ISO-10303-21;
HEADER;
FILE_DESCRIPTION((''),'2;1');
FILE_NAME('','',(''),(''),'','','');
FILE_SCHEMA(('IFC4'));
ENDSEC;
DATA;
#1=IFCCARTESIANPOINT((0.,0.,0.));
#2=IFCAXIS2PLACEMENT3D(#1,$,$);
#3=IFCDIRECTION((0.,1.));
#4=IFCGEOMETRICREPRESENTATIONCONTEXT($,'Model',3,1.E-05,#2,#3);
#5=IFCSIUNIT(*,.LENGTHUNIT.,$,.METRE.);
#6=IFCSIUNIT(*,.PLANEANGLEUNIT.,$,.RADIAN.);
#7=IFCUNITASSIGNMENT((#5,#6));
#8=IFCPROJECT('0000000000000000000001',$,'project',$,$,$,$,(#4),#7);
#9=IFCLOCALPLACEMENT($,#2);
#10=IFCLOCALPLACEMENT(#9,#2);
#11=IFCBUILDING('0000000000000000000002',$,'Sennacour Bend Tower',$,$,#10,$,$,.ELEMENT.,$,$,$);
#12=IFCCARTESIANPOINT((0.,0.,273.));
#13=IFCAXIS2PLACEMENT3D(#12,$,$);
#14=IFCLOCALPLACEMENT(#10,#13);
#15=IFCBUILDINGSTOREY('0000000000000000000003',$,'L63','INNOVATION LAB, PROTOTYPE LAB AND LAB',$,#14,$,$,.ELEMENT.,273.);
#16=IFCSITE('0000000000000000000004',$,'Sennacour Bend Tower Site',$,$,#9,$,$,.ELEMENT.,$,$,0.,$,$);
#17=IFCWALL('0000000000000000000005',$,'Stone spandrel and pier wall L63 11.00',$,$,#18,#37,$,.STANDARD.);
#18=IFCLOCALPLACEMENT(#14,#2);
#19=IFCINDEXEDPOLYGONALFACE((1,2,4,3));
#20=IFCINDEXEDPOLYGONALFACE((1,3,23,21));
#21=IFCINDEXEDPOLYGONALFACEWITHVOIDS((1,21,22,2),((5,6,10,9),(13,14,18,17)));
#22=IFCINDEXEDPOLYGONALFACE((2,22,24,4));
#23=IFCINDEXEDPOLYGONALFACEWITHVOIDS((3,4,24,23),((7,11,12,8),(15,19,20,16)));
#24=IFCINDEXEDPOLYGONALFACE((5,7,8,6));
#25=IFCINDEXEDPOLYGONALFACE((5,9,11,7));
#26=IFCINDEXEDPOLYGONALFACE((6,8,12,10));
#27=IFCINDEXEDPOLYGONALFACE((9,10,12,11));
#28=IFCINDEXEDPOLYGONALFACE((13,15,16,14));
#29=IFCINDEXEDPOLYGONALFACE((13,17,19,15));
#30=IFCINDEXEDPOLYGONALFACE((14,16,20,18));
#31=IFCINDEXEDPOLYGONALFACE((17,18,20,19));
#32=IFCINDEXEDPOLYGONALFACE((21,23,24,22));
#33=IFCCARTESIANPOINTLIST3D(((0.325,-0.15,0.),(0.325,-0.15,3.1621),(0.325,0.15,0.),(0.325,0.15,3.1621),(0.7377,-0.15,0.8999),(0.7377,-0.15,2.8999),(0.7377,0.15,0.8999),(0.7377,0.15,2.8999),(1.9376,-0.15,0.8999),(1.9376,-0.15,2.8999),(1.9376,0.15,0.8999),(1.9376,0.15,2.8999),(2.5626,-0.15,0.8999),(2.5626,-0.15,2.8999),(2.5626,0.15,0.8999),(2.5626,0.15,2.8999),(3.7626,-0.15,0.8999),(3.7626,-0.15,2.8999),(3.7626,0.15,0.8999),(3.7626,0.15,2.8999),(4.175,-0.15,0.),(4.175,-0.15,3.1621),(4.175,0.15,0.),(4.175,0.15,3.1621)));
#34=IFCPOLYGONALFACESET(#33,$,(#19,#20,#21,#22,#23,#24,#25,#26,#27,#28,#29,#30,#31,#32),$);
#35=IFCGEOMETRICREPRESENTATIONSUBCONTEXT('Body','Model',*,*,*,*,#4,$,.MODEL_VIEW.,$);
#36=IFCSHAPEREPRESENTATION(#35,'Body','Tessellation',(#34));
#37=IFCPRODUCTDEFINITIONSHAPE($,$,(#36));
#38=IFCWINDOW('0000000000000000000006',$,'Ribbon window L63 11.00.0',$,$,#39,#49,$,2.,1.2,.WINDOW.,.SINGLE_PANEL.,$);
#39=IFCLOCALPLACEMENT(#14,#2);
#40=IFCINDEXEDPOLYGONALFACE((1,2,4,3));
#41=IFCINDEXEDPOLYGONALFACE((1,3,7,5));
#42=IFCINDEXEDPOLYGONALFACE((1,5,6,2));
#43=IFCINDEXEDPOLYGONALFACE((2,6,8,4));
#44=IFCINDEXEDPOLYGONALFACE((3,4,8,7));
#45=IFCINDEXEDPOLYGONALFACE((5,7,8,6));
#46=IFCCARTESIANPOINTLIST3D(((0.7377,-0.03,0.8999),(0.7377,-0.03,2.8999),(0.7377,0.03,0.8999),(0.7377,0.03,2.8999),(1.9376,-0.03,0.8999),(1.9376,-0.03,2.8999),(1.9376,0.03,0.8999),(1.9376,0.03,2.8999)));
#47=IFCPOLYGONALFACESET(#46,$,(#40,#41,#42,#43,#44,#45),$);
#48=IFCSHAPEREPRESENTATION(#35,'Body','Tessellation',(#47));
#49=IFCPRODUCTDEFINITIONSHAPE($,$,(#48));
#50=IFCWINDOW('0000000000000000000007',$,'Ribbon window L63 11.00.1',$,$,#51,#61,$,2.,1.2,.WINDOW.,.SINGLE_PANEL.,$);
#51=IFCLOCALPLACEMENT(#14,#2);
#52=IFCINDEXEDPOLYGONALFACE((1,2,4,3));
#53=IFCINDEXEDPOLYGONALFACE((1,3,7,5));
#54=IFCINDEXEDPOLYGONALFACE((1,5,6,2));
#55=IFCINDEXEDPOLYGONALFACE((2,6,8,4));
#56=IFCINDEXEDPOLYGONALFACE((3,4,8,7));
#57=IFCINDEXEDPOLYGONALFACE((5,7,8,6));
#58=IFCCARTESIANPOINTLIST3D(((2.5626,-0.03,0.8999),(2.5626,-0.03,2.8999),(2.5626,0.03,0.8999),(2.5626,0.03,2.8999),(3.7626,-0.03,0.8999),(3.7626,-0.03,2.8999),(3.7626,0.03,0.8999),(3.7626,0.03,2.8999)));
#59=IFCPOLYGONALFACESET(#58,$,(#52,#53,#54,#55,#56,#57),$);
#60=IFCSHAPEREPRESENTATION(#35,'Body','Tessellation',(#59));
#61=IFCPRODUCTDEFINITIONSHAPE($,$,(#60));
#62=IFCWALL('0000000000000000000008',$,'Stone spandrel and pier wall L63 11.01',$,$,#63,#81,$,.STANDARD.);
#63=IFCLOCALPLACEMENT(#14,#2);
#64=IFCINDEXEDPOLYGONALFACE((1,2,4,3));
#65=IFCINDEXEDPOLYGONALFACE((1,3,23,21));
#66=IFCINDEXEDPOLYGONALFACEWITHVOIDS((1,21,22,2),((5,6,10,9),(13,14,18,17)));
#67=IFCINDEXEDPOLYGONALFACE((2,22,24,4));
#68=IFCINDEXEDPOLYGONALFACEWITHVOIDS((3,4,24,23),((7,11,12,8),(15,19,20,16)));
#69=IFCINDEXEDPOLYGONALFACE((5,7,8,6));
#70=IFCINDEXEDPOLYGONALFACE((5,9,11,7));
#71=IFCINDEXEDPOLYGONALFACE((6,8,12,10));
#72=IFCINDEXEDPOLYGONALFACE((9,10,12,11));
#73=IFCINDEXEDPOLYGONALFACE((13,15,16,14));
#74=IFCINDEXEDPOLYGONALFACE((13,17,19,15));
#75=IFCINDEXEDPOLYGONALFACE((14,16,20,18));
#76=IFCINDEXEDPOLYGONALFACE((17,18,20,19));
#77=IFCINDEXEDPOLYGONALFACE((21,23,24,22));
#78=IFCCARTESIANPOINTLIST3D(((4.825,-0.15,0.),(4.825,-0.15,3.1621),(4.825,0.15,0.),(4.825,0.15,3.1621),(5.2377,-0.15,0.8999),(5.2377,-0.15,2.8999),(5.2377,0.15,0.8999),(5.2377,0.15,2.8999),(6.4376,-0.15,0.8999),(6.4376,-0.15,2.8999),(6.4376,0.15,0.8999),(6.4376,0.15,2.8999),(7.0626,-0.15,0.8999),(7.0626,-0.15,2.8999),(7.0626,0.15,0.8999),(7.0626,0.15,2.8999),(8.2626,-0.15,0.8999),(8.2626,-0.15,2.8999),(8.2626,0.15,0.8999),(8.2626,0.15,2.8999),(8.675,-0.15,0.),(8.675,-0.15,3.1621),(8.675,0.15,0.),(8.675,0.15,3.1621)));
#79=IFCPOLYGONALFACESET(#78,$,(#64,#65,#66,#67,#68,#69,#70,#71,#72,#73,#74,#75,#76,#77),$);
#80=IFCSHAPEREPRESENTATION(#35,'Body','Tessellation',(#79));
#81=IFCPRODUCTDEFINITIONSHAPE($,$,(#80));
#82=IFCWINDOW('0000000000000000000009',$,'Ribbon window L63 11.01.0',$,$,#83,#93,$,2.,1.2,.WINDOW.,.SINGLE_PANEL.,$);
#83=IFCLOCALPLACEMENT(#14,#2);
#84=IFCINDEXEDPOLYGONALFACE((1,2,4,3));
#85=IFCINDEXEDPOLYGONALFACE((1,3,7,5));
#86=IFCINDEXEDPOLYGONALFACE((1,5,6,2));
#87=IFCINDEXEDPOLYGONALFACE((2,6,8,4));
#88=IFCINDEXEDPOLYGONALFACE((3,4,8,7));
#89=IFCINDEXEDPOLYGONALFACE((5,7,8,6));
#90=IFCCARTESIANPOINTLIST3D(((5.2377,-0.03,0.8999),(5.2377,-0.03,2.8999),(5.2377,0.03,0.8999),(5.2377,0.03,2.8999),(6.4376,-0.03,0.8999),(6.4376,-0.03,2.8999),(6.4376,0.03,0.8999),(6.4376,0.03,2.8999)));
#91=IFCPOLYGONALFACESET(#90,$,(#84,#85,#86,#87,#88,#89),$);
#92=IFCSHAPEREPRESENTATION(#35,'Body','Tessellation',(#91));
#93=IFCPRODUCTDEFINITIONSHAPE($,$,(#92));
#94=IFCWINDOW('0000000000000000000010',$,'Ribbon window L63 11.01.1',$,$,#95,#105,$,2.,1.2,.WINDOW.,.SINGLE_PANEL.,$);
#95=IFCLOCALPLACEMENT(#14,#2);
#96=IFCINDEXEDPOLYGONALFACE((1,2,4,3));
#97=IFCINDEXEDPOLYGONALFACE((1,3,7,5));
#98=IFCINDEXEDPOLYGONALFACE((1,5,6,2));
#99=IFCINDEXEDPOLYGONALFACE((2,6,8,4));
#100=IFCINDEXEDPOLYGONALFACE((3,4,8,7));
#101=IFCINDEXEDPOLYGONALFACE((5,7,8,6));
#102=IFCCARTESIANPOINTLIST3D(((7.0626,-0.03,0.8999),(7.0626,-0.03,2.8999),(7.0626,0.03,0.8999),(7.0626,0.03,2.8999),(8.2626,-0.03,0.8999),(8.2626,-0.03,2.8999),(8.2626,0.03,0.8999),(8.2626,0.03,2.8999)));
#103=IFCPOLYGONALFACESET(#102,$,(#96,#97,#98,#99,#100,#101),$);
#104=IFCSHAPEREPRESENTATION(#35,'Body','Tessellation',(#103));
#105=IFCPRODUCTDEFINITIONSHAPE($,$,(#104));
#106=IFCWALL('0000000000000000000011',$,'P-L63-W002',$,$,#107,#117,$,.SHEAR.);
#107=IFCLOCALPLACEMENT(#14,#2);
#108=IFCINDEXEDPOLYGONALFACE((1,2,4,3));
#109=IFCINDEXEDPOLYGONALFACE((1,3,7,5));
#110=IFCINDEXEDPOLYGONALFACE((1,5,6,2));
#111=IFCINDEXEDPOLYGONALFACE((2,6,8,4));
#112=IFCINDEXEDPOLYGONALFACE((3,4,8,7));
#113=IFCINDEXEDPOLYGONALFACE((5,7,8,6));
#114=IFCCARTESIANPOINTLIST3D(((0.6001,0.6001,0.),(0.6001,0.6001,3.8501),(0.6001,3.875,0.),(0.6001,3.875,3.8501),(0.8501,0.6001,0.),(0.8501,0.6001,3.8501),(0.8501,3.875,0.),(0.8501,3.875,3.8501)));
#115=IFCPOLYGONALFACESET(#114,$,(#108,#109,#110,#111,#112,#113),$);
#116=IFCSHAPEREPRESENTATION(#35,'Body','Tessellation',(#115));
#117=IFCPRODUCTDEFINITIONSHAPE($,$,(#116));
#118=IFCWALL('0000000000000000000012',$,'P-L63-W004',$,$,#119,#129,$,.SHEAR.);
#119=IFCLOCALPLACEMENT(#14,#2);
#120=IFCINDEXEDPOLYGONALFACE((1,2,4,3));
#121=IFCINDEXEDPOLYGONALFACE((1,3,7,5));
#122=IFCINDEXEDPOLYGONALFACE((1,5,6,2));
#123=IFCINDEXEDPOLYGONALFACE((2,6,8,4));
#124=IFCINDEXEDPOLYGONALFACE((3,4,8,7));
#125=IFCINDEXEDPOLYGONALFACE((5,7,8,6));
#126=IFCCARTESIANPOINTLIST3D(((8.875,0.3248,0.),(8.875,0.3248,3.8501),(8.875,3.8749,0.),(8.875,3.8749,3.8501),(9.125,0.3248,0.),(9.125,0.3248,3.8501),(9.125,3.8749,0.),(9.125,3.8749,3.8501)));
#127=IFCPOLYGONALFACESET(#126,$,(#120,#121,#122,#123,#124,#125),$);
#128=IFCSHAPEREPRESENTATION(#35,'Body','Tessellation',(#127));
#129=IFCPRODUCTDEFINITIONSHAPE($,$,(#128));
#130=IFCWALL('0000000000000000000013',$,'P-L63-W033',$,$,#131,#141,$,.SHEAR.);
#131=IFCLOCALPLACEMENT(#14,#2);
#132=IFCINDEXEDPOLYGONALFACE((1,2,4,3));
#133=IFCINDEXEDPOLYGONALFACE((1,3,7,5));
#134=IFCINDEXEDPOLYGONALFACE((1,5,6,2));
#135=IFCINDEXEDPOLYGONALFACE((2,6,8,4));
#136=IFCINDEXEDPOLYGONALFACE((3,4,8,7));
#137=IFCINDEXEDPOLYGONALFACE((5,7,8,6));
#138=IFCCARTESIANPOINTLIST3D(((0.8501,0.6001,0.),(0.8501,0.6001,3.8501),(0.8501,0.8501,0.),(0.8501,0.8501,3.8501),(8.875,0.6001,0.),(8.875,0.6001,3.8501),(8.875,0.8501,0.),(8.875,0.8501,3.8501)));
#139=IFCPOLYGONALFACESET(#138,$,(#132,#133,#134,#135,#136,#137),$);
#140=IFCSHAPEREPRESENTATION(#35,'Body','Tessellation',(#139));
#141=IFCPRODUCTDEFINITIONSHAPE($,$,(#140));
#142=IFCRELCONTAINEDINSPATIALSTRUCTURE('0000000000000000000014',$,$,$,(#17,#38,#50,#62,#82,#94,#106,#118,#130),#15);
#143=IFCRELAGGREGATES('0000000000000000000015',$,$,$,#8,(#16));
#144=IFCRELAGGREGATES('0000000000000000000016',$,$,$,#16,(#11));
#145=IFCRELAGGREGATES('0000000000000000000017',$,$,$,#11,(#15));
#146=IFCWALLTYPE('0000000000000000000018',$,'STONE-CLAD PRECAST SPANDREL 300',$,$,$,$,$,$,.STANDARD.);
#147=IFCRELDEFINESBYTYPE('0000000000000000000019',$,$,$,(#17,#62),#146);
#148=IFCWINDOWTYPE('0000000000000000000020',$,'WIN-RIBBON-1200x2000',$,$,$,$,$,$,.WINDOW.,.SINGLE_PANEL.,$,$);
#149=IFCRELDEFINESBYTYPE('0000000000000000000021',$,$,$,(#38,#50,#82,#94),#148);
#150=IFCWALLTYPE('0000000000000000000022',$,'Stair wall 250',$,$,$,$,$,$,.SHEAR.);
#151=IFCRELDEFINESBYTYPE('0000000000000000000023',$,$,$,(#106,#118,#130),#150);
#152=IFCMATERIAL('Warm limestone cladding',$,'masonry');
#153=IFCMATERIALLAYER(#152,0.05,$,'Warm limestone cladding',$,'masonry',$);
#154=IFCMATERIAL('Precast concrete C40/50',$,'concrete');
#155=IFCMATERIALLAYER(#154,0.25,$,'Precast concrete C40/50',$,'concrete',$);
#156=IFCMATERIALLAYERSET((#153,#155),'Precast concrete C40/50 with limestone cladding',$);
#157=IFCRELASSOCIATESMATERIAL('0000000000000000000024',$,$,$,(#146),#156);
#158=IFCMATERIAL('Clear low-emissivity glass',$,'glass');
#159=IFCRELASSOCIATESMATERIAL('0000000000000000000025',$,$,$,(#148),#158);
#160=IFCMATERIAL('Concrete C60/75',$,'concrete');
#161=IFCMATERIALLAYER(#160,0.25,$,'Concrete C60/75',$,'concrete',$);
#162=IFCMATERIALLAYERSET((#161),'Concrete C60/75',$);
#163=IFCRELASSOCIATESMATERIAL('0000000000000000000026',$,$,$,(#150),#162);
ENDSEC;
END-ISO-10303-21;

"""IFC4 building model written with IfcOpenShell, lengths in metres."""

from ifc_helpers import new_model, si_unit, direction, frame, frame_2d, origin, place, context, subcontext, project, spatial, rectangle, extrude, material, layer, layer_set, type_object, element, fill, save


model = new_model("IFC4")

# Units and contexts
model_context = context("Model", 3, precision=1e-05, world=origin(), true_north=direction((0.0, 1.0)))
body_context = subcontext(model_context, "Body", "Model", "MODEL_VIEW")
ifc_project = project(units=[si_unit("LENGTHUNIT", "METRE"), si_unit("PLANEANGLEUNIT", "RADIAN")], contexts=[model_context])

# Site, building, storey
site_placement = place(None, origin())
site = spatial("IfcSite", under=ifc_project, at=site_placement, Name="Sennacour Bend Tower Site", CompositionType="ELEMENT", RefElevation=0.0)
building_placement = place(site_placement, origin())
building = spatial("IfcBuilding", under=site, at=building_placement, Name="Sennacour Bend Tower", CompositionType="ELEMENT")
storey_placement = place(building_placement, frame((0.0, 0.0, 273.0)))
storey = spatial("IfcBuildingStorey", under=building, at=storey_placement, Name="L63", Description="INNOVATION LAB, PROTOTYPE LAB AND LAB", CompositionType="ELEMENT", Elevation=273.0)

# Walls, openings, windows
ifc_material_1 = material(Name="Warm limestone cladding", Category="masonry")
ifc_layer_1 = layer(ifc_material_1, 0.05, Name="Warm limestone cladding", Category="masonry")
ifc_material_2 = material(Name="Precast concrete C40/50", Category="concrete")
ifc_layer_2 = layer(ifc_material_2, 0.25, Name="Precast concrete C40/50", Category="concrete")
ifc_layer_set_1 = layer_set([ifc_layer_1, ifc_layer_2], Name="Precast concrete C40/50 with limestone cladding")
wall_type_1 = type_object("IfcWallType", Name="STONE-CLAD PRECAST SPANDREL 300", PredefinedType="STANDARD", material=ifc_layer_set_1)
wall_1_placement = place(storey_placement, frame((0.325, 0.0, 0.0), z_axis=(0.0, 0.0, 1.0), x_axis=(1.0, 0.0, 0.0)))
wall_1 = element("IfcWall", 1, at=wall_1_placement, inside=storey, type_object=wall_type_1, Name="Stone spandrel and pier wall L63 11.00", PredefinedType="STANDARD", context=body_context, shape_type="SweptSolid", body=[
    extrude(rectangle(XDim=3.8501, YDim=0.3, at=frame_2d((1.925, 0.0))), origin(), (0.0, 0.0, 1.0), 3.1621),
])
opening_1_placement = place(wall_1_placement, frame((0.4126, 0.0, 0.8999)))
opening_1 = element("IfcOpeningElement", 2, at=opening_1_placement, cuts=wall_1, PredefinedType="OPENING", context=body_context, shape_type="SweptSolid", body=[
    extrude(rectangle(XDim=1.2, YDim=2.0, at=frame_2d((0.6001, 1.0))), frame((0.0, 0.1602, 0.0), z_axis=(0.0, -1.0, 0.0), x_axis=(1.0, 0.0, 0.0)), (0.0, 0.0, 1.0), 0.3201),
])
opening_2_placement = place(wall_1_placement, frame((2.2375, 0.0, 0.8999)))
opening_2 = element("IfcOpeningElement", 3, at=opening_2_placement, cuts=wall_1, PredefinedType="OPENING", context=body_context, shape_type="SweptSolid", body=[
    extrude(rectangle(XDim=1.2, YDim=2.0, at=frame_2d((0.6001, 1.0))), frame((0.0, 0.1602, 0.0), z_axis=(0.0, -1.0, 0.0), x_axis=(1.0, 0.0, 0.0)), (0.0, 0.0, 1.0), 0.3201),
])
ifc_material_3 = material(Name="Clear low-emissivity glass", Category="glass")
window_type = type_object("IfcWindowType", Name="WIN-RIBBON-1200x2000", PartitioningType="SINGLE_PANEL", PredefinedType="WINDOW", material=ifc_material_3)
window_1_placement = place(opening_1_placement, origin())
window_1 = element("IfcWindow", 4, at=window_1_placement, inside=storey, type_object=window_type, Name="Ribbon window L63 11.00.0", OverallHeight=2.0, OverallWidth=1.2, PartitioningType="SINGLE_PANEL", PredefinedType="WINDOW", context=body_context, shape_type="SweptSolid", body=[
    extrude(rectangle(XDim=1.2, YDim=2.0, at=frame_2d((0.6001, 1.0))), frame((0.0, 0.03, 0.0), z_axis=(0.0, -1.0, 0.0), x_axis=(1.0, 0.0, 0.0)), (0.0, 0.0, 1.0), 0.0601),
])
fill(opening_1, window_1)
window_2_placement = place(opening_2_placement, origin())
window_2 = element("IfcWindow", 5, at=window_2_placement, inside=storey, type_object=window_type, Name="Ribbon window L63 11.00.1", OverallHeight=2.0, OverallWidth=1.2, PartitioningType="SINGLE_PANEL", PredefinedType="WINDOW", context=body_context, shape_type="SweptSolid", body=[
    extrude(rectangle(XDim=1.2, YDim=2.0, at=frame_2d((0.6001, 1.0))), frame((0.0, 0.03, 0.0), z_axis=(0.0, -1.0, 0.0), x_axis=(1.0, 0.0, 0.0)), (0.0, 0.0, 1.0), 0.0601),
])
fill(opening_2, window_2)
wall_2_placement = place(storey_placement, frame((4.825, 0.0, 0.0), z_axis=(0.0, 0.0, 1.0), x_axis=(1.0, 0.0, 0.0)))
wall_2 = element("IfcWall", 6, at=wall_2_placement, inside=storey, type_object=wall_type_1, Name="Stone spandrel and pier wall L63 11.01", PredefinedType="STANDARD", context=body_context, shape_type="SweptSolid", body=[
    extrude(rectangle(XDim=3.8501, YDim=0.3, at=frame_2d((1.925, 0.0))), origin(), (0.0, 0.0, 1.0), 3.1621),
])
opening_3_placement = place(wall_2_placement, frame((0.4126, 0.0, 0.8999)))
opening_3 = element("IfcOpeningElement", 7, at=opening_3_placement, cuts=wall_2, PredefinedType="OPENING", context=body_context, shape_type="SweptSolid", body=[
    extrude(rectangle(XDim=1.2, YDim=2.0, at=frame_2d((0.6001, 1.0))), frame((0.0, 0.1602, 0.0), z_axis=(0.0, -1.0, 0.0), x_axis=(1.0, 0.0, 0.0)), (0.0, 0.0, 1.0), 0.3201),
])
opening_4_placement = place(wall_2_placement, frame((2.2375, 0.0, 0.8999)))
opening_4 = element("IfcOpeningElement", 8, at=opening_4_placement, cuts=wall_2, PredefinedType="OPENING", context=body_context, shape_type="SweptSolid", body=[
    extrude(rectangle(XDim=1.2, YDim=2.0, at=frame_2d((0.6001, 1.0))), frame((0.0, 0.1602, 0.0), z_axis=(0.0, -1.0, 0.0), x_axis=(1.0, 0.0, 0.0)), (0.0, 0.0, 1.0), 0.3201),
])
window_3_placement = place(opening_3_placement, origin())
window_3 = element("IfcWindow", 9, at=window_3_placement, inside=storey, type_object=window_type, Name="Ribbon window L63 11.01.0", OverallHeight=2.0, OverallWidth=1.2, PartitioningType="SINGLE_PANEL", PredefinedType="WINDOW", context=body_context, shape_type="SweptSolid", body=[
    extrude(rectangle(XDim=1.2, YDim=2.0, at=frame_2d((0.6001, 1.0))), frame((0.0, 0.03, 0.0), z_axis=(0.0, -1.0, 0.0), x_axis=(1.0, 0.0, 0.0)), (0.0, 0.0, 1.0), 0.0601),
])
fill(opening_3, window_3)
window_4_placement = place(opening_4_placement, origin())
window_4 = element("IfcWindow", 10, at=window_4_placement, inside=storey, type_object=window_type, Name="Ribbon window L63 11.01.1", OverallHeight=2.0, OverallWidth=1.2, PartitioningType="SINGLE_PANEL", PredefinedType="WINDOW", context=body_context, shape_type="SweptSolid", body=[
    extrude(rectangle(XDim=1.2, YDim=2.0, at=frame_2d((0.6001, 1.0))), frame((0.0, 0.03, 0.0), z_axis=(0.0, -1.0, 0.0), x_axis=(1.0, 0.0, 0.0)), (0.0, 0.0, 1.0), 0.0601),
])
fill(opening_4, window_4)

# Walls
ifc_material_4 = material(Name="Concrete C60/75", Category="concrete")
ifc_layer_3 = layer(ifc_material_4, 0.25, Name="Concrete C60/75", Category="concrete")
ifc_layer_set_2 = layer_set([ifc_layer_3], Name="Concrete C60/75")
wall_type_2 = type_object("IfcWallType", Name="Stair wall 250", PredefinedType="SHEAR", material=ifc_layer_set_2)
wall_3_placement = place(storey_placement, frame((0.7251, 0.6001, 0.0), z_axis=(0.0, 0.0, 1.0), x_axis=(0.0, 1.0, 0.0)))
element("IfcWall", 11, at=wall_3_placement, inside=storey, type_object=wall_type_2, Name="P-L63-W002", PredefinedType="SHEAR", context=body_context, shape_type="SweptSolid", body=[
    extrude(rectangle(XDim=3.2749, YDim=0.25, at=frame_2d((1.6375, 0.0))), origin(), (0.0, 0.0, 1.0), 3.8501),
])
wall_4_placement = place(storey_placement, frame((9.0, 0.325, 0.0), z_axis=(0.0, 0.0, 1.0), x_axis=(0.0, 1.0, 0.0)))
element("IfcWall", 12, at=wall_4_placement, inside=storey, type_object=wall_type_2, Name="P-L63-W004", PredefinedType="SHEAR", context=body_context, shape_type="SweptSolid", body=[
    extrude(rectangle(XDim=3.55, YDim=0.25, at=frame_2d((1.7749, 0.0))), origin(), (0.0, 0.0, 1.0), 3.8501),
])
wall_5_placement = place(storey_placement, frame((0.8501, 0.7251, 0.0), z_axis=(0.0, 0.0, 1.0), x_axis=(1.0, 0.0, 0.0)))
element("IfcWall", 13, at=wall_5_placement, inside=storey, type_object=wall_type_2, Name="P-L63-W033", PredefinedType="SHEAR", context=body_context, shape_type="SweptSolid", body=[
    extrude(rectangle(XDim=8.0249, YDim=0.25, at=frame_2d((4.0125, 0.0))), origin(), (0.0, 0.0, 1.0), 3.8501),
])

save(model, "model.ifc")
